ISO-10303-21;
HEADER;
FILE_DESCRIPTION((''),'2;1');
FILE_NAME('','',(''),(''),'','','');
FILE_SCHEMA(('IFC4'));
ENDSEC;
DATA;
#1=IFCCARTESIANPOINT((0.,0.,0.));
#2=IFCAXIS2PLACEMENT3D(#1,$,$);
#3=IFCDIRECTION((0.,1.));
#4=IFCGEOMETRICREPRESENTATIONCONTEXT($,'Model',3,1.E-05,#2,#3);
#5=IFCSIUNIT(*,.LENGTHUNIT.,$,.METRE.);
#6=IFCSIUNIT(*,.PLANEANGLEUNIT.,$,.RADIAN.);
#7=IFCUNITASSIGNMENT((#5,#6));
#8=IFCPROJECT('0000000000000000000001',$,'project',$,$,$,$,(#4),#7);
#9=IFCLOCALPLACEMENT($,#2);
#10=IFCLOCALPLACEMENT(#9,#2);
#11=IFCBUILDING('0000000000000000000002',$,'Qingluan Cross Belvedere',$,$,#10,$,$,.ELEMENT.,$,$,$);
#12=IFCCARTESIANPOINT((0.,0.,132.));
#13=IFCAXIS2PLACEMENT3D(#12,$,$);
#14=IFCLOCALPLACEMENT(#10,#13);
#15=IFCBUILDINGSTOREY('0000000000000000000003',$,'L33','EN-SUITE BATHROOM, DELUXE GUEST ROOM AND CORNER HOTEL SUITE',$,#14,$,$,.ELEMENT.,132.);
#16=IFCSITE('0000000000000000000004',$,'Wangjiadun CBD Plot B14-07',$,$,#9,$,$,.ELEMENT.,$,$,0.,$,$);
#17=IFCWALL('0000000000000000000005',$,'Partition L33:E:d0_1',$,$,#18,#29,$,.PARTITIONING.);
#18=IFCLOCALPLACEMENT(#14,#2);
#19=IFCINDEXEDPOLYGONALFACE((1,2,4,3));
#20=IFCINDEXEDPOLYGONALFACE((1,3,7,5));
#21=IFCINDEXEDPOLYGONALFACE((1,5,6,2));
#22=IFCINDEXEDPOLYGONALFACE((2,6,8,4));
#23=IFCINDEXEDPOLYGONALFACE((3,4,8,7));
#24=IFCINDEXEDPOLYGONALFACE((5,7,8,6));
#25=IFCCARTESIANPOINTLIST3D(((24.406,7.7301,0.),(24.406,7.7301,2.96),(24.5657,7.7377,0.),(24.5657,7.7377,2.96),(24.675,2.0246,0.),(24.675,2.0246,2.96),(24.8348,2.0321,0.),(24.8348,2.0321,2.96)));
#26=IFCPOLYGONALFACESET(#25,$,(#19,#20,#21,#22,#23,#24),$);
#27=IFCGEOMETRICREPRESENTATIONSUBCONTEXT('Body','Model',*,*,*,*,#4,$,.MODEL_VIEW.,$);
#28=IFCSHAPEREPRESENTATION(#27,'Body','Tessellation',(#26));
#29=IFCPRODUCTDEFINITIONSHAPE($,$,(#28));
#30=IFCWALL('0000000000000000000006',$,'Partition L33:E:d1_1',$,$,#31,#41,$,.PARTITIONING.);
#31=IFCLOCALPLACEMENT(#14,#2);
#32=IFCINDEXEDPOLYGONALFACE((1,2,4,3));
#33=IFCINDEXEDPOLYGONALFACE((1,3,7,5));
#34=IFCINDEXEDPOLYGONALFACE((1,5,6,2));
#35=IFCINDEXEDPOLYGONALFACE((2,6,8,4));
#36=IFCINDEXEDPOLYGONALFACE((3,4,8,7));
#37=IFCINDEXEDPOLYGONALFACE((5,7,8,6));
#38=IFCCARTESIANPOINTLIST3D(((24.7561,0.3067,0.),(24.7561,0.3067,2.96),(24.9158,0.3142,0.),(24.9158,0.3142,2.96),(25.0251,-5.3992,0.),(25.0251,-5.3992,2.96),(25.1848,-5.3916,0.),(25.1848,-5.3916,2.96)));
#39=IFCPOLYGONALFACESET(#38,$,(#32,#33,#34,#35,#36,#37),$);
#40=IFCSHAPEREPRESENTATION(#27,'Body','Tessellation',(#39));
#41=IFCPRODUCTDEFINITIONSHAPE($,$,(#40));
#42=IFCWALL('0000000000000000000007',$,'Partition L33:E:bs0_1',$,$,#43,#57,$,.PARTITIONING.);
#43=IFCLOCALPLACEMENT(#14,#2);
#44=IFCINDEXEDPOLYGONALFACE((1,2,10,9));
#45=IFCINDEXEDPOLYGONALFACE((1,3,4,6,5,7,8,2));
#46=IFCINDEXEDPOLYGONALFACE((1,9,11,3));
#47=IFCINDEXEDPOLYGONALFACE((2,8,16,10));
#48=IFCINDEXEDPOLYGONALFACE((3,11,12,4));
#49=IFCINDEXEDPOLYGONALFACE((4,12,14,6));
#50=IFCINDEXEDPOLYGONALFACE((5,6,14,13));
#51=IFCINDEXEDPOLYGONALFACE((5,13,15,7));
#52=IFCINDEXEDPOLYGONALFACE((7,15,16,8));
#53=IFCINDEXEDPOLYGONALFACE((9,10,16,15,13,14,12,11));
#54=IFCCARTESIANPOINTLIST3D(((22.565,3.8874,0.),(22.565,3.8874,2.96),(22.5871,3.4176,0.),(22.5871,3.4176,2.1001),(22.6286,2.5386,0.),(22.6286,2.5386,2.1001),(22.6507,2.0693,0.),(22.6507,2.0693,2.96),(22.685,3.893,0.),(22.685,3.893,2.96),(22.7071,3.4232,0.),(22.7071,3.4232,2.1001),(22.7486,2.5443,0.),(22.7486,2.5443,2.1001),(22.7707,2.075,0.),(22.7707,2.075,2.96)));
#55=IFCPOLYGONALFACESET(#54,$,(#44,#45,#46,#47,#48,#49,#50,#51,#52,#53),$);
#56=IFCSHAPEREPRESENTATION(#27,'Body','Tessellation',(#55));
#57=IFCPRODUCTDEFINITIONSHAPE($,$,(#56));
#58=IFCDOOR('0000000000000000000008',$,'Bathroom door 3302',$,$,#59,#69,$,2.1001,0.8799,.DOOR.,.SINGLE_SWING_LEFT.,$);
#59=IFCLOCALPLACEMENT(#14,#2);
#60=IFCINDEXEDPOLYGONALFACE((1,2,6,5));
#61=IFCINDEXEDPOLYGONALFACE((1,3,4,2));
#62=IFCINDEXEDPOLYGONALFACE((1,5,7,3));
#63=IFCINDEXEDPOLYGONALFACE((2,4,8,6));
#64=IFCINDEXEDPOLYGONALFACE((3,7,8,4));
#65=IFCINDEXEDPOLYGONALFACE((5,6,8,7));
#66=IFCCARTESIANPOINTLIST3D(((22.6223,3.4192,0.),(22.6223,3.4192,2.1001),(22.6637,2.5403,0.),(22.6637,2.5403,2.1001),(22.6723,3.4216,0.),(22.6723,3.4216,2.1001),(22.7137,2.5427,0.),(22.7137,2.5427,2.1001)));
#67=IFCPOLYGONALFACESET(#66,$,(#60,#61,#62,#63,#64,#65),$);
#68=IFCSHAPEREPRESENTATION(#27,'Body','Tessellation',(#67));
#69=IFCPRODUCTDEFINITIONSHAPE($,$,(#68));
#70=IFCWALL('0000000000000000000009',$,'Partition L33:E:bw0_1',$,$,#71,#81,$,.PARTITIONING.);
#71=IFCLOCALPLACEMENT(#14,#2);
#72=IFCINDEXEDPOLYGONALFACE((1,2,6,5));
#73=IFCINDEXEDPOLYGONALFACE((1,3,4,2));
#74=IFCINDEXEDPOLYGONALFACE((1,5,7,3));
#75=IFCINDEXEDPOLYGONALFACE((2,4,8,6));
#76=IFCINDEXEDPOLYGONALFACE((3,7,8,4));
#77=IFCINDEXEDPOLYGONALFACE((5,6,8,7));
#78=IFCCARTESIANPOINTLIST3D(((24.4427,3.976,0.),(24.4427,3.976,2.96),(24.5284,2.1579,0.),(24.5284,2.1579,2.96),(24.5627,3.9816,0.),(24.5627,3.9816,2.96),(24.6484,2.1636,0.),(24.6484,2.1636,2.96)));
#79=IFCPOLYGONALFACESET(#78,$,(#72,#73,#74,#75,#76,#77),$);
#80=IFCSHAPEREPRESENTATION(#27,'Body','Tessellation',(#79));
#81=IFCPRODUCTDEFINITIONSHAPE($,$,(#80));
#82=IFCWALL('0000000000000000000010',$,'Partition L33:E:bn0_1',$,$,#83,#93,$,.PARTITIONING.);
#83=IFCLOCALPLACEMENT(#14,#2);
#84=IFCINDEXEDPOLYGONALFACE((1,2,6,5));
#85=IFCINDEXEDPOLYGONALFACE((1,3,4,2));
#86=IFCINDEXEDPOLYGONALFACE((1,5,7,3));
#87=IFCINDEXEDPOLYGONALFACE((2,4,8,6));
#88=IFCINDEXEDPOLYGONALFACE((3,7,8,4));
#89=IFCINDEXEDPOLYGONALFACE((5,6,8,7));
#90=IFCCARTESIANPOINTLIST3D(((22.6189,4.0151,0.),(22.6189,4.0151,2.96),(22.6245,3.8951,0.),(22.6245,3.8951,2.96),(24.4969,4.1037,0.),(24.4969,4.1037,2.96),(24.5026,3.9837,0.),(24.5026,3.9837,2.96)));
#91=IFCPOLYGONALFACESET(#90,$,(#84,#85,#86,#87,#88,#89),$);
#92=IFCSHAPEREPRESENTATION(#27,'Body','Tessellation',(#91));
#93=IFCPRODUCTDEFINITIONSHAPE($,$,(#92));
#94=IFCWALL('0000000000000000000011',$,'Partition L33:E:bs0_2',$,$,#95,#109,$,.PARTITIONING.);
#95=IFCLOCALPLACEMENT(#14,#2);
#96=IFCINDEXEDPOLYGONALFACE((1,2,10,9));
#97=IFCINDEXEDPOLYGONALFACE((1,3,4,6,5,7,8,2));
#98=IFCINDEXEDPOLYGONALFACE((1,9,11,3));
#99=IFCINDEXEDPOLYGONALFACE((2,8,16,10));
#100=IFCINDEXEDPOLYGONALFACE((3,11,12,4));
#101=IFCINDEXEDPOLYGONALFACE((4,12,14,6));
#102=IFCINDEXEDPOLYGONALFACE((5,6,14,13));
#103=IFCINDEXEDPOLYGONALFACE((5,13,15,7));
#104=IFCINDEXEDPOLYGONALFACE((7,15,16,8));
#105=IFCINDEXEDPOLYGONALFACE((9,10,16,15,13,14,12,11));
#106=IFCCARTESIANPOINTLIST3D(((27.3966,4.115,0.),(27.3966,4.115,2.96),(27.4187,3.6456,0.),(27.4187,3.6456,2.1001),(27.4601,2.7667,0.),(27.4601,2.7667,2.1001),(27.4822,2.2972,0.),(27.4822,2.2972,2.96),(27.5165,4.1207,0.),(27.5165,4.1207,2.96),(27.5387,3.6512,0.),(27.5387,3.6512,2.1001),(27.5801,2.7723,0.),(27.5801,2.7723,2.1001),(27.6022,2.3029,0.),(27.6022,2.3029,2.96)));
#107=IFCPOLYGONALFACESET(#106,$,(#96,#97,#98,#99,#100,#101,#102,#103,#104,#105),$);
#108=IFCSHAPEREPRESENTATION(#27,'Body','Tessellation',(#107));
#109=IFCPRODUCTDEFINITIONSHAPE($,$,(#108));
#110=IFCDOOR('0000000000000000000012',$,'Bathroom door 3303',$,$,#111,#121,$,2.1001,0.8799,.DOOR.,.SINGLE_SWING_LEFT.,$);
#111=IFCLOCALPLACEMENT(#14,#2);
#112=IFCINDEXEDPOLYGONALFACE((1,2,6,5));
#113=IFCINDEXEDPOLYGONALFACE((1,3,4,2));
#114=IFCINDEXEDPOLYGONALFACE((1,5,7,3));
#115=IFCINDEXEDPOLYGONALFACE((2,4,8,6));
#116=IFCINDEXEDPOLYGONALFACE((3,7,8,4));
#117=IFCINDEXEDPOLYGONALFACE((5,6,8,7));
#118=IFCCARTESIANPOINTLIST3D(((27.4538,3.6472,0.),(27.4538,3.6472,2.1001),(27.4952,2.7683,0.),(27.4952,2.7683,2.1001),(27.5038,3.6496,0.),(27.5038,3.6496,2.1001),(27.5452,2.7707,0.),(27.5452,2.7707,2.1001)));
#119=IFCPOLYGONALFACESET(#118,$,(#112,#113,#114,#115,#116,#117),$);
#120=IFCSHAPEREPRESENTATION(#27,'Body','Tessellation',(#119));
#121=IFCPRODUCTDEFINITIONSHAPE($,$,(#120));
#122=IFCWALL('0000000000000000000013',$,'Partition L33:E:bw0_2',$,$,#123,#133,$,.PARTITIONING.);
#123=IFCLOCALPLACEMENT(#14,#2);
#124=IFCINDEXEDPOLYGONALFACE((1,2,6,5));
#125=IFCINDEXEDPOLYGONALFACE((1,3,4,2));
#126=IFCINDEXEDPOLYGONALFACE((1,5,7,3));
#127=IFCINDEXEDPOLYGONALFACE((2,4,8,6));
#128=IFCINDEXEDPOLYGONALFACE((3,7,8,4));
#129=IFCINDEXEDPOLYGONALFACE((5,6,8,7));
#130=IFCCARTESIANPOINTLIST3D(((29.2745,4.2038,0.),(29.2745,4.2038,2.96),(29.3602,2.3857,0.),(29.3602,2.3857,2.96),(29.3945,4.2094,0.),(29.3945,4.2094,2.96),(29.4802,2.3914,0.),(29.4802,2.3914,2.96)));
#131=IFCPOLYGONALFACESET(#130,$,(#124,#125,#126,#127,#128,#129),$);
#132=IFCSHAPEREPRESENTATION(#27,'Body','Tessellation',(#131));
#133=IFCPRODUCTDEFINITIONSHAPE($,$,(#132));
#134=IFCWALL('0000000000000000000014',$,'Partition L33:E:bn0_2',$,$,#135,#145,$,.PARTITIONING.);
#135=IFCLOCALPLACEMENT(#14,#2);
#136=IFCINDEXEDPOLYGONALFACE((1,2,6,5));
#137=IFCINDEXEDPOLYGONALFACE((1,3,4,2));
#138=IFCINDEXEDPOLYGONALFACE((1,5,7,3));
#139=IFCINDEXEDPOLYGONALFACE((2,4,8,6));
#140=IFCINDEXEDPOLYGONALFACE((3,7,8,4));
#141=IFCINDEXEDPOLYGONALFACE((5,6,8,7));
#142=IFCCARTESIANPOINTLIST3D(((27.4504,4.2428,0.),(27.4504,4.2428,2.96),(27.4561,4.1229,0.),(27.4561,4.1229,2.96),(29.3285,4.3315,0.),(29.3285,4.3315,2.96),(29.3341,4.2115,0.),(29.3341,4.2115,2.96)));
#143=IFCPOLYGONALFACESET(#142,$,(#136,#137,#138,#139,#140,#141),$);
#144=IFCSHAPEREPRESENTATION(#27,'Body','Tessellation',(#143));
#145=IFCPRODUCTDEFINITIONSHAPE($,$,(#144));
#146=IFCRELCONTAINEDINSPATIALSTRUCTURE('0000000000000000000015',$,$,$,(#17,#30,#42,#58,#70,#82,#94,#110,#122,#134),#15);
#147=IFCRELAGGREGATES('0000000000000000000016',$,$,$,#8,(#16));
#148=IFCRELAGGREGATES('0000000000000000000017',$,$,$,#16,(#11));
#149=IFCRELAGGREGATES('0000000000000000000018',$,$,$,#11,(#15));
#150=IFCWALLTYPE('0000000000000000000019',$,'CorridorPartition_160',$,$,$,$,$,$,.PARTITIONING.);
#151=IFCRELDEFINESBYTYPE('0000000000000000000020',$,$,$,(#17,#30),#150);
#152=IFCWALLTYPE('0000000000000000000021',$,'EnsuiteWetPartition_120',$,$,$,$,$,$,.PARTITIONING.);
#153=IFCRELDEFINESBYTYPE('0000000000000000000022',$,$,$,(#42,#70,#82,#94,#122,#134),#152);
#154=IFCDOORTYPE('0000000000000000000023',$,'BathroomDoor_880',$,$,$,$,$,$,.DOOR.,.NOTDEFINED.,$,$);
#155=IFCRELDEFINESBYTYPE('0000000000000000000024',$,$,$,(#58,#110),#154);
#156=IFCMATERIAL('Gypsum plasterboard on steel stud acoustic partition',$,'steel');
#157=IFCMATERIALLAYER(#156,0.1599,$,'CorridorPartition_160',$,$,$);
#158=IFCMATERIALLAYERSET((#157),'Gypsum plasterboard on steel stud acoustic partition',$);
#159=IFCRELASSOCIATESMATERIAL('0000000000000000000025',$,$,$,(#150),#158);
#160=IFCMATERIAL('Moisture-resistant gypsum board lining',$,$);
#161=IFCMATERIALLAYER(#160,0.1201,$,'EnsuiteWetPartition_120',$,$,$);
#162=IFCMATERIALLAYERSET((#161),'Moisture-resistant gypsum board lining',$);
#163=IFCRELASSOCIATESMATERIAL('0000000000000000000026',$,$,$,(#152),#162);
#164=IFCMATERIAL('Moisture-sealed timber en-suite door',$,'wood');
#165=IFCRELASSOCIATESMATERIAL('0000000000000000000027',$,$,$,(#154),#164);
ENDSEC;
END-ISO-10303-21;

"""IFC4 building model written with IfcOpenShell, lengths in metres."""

from ifc_helpers import new_model, si_unit, direction, frame, frame_2d, origin, place, context, subcontext, project, spatial, rectangle, extrude, material, layer, layer_set, type_object, element, fill, save


model = new_model("IFC4")

# Units and contexts
model_context = context("Model", 3, precision=1e-05, world=origin(), true_north=direction((0.0, 1.0)))
body_context = subcontext(model_context, "Body", "Model", "MODEL_VIEW")
ifc_project = project(units=[si_unit("LENGTHUNIT", "METRE"), si_unit("PLANEANGLEUNIT", "RADIAN")], contexts=[model_context])

# Site, building, storey
site_placement = place(None, origin())
site = spatial("IfcSite", under=ifc_project, at=site_placement, Name="Wangjiadun CBD Plot B14-07", CompositionType="ELEMENT", RefElevation=0.0)
building_placement = place(site_placement, origin())
building = spatial("IfcBuilding", under=site, at=building_placement, Name="Qingluan Cross Belvedere", CompositionType="ELEMENT")
storey_placement = place(building_placement, frame((0.0, 0.0, 132.0)))
storey = spatial("IfcBuildingStorey", under=building, at=storey_placement, Name="L33", Description="EN-SUITE BATHROOM, DELUXE GUEST ROOM AND CORNER HOTEL SUITE", CompositionType="ELEMENT", Elevation=132.0)

# Walls
ifc_material_1 = material(Name="Gypsum plasterboard on steel stud acoustic partition", Category="steel")
ifc_layer_1 = layer(ifc_material_1, 0.1599, Name="CorridorPartition_160")
ifc_layer_set_1 = layer_set([ifc_layer_1], Name="Gypsum plasterboard on steel stud acoustic partition")
wall_type_1 = type_object("IfcWallType", Name="CorridorPartition_160", PredefinedType="PARTITIONING", material=ifc_layer_set_1)
wall_1_placement = place(storey_placement, frame((24.7549, 2.0283, 0.0), z_axis=(0.0, 0.0, 1.0), x_axis=(-0.047102, 0.99889, 0.0)))
element("IfcWall", 1, at=wall_1_placement, inside=storey, type_object=wall_type_1, Name="Partition L33:E:d0_1", PredefinedType="PARTITIONING", context=body_context, shape_type="SweptSolid", body=[
    extrude(rectangle(XDim=5.7119, YDim=0.1599, at=frame_2d((2.856, 0.0))), origin(), (0.0, 0.0, 1.0), 2.96),
])
wall_2_placement = place(storey_placement, frame((24.8359, 0.3103, 0.0), z_axis=(0.0, 0.0, 1.0), x_axis=(0.0471, -0.99889, 0.0)))
element("IfcWall", 2, at=wall_2_placement, inside=storey, type_object=wall_type_1, Name="Partition L33:E:d1_1", PredefinedType="PARTITIONING", context=body_context, shape_type="SweptSolid", body=[
    extrude(rectangle(XDim=5.7122, YDim=0.1599, at=frame_2d((2.856, 0.0))), origin(), (0.0, 0.0, 1.0), 2.96),
])

# Wall, opening, door
ifc_material_2 = material(Name="Moisture-resistant gypsum board lining")
ifc_layer_2 = layer(ifc_material_2, 0.1201, Name="EnsuiteWetPartition_120")
ifc_layer_set_2 = layer_set([ifc_layer_2], Name="Moisture-resistant gypsum board lining")
wall_type_2 = type_object("IfcWallType", Name="EnsuiteWetPartition_120", PredefinedType="PARTITIONING", material=ifc_layer_set_2)
wall_3_placement = place(storey_placement, frame((22.7107, 2.072, 0.0), z_axis=(0.0, 0.0, 1.0), x_axis=(-0.047081, 0.998891, 0.0)))
wall_3 = element("IfcWall", 3, at=wall_3_placement, inside=storey, type_object=wall_type_2, Name="Partition L33:E:bs0_1", PredefinedType="PARTITIONING", context=body_context, shape_type="SweptSolid", body=[
    extrude(rectangle(XDim=1.8201, YDim=0.1201, at=frame_2d((0.9102, 0.0))), origin(), (0.0, 0.0, 1.0), 2.96),
])
opening_1_placement = place(wall_3_placement, frame((0.47, 0.0, 0.0)))
opening_1 = element("IfcOpeningElement", 4, at=opening_1_placement, cuts=wall_3, PredefinedType="OPENING", context=body_context, shape_type="SweptSolid", body=[
    extrude(rectangle(XDim=0.8799, YDim=2.1001, at=frame_2d((0.4399, 1.05))), frame((0.0, 0.0701, 0.0), z_axis=(0.0, -1.0, 0.0), x_axis=(1.0, 0.0, 0.0)), (0.0, 0.0, 1.0), 0.1401),
])
ifc_material_3 = material(Name="Moisture-sealed timber en-suite door", Category="wood")
door_type_1 = type_object("IfcDoorType", Name="BathroomDoor_880", OperationType="NOTDEFINED", PredefinedType="DOOR", material=ifc_material_3)
door_1_placement = place(opening_1_placement, origin())
door_1 = element("IfcDoor", 5, at=door_1_placement, inside=storey, type_object=door_type_1, Name="Bathroom door 3302", OperationType="SINGLE_SWING_LEFT", OverallHeight=2.1001, OverallWidth=0.8799, PredefinedType="DOOR", context=body_context, shape_type="SweptSolid", body=[
    extrude(rectangle(XDim=0.8799, YDim=2.1001, at=frame_2d((0.4399, 1.05))), frame((0.0, 0.0249, 0.0), z_axis=(0.0, -1.0, 0.0), x_axis=(1.0, 0.0, 0.0)), (0.0, 0.0, 1.0), 0.05),
])
fill(opening_1, door_1)

# Walls
wall_4_placement = place(storey_placement, frame((24.5884, 2.1606, 0.0), z_axis=(0.0, 0.0, 1.0), x_axis=(-0.047081, 0.998891, 0.0)))
element("IfcWall", 6, at=wall_4_placement, inside=storey, type_object=wall_type_2, Name="Partition L33:E:bw0_1", PredefinedType="PARTITIONING", context=body_context, shape_type="SweptSolid", body=[
    extrude(rectangle(XDim=1.8201, YDim=0.1201, at=frame_2d((0.9102, 0.0))), origin(), (0.0, 0.0, 1.0), 2.96),
])
wall_5_placement = place(storey_placement, frame((22.6218, 3.9551, 0.0), z_axis=(0.0, 0.0, 1.0), x_axis=(0.998888, 0.047139, 0.0)))
element("IfcWall", 7, at=wall_5_placement, inside=storey, type_object=wall_type_2, Name="Partition L33:E:bn0_1", PredefinedType="PARTITIONING", context=body_context, shape_type="SweptSolid", body=[
    extrude(rectangle(XDim=1.8801, YDim=0.1201, at=frame_2d((0.9399, 0.0))), origin(), (0.0, 0.0, 1.0), 2.96),
])

# Wall, opening, door
wall_6_placement = place(storey_placement, frame((27.5422, 2.3, 0.0), z_axis=(0.0, 0.0, 1.0), x_axis=(-0.047087, 0.998891, 0.0)))
wall_6 = element("IfcWall", 8, at=wall_6_placement, inside=storey, type_object=wall_type_2, Name="Partition L33:E:bs0_2", PredefinedType="PARTITIONING", context=body_context, shape_type="SweptSolid", body=[
    extrude(rectangle(XDim=1.8198, YDim=0.1201, at=frame_2d((0.9099, 0.0))), origin(), (0.0, 0.0, 1.0), 2.96),
])
opening_2_placement = place(wall_6_placement, frame((0.47, 0.0, 0.0)))
opening_2 = element("IfcOpeningElement", 9, at=opening_2_placement, cuts=wall_6, PredefinedType="OPENING", context=body_context, shape_type="SweptSolid", body=[
    extrude(rectangle(XDim=0.8799, YDim=2.1001, at=frame_2d((0.4399, 1.05))), frame((0.0, 0.0701, 0.0), z_axis=(0.0, -1.0, 0.0), x_axis=(1.0, 0.0, 0.0)), (0.0, 0.0, 1.0), 0.1401),
])
door_2_placement = place(opening_2_placement, origin())
door_2 = element("IfcDoor", 10, at=door_2_placement, inside=storey, type_object=door_type_1, Name="Bathroom door 3303", OperationType="SINGLE_SWING_LEFT", OverallHeight=2.1001, OverallWidth=0.8799, PredefinedType="DOOR", context=body_context, shape_type="SweptSolid", body=[
    extrude(rectangle(XDim=0.8799, YDim=2.1001, at=frame_2d((0.4399, 1.05))), frame((0.0, 0.0249, 0.0), z_axis=(0.0, -1.0, 0.0), x_axis=(1.0, 0.0, 0.0)), (0.0, 0.0, 1.0), 0.05),
])
fill(opening_2, door_2)

# Walls
wall_7_placement = place(storey_placement, frame((29.4202, 2.3884, 0.0), z_axis=(0.0, 0.0, 1.0), x_axis=(-0.047081, 0.998891, 0.0)))
element("IfcWall", 11, at=wall_7_placement, inside=storey, type_object=wall_type_2, Name="Partition L33:E:bw0_2", PredefinedType="PARTITIONING", context=body_context, shape_type="SweptSolid", body=[
    extrude(rectangle(XDim=1.8201, YDim=0.1201, at=frame_2d((0.9102, 0.0))), origin(), (0.0, 0.0, 1.0), 2.96),
])
wall_8_placement = place(storey_placement, frame((27.4534, 4.1829, 0.0), z_axis=(0.0, 0.0, 1.0), x_axis=(0.998888, 0.047139, 0.0)))
element("IfcWall", 12, at=wall_8_placement, inside=storey, type_object=wall_type_2, Name="Partition L33:E:bn0_2", PredefinedType="PARTITIONING", context=body_context, shape_type="SweptSolid", body=[
    extrude(rectangle(XDim=1.8801, YDim=0.1201, at=frame_2d((0.9399, 0.0))), origin(), (0.0, 0.0, 1.0), 2.96),
])

save(model, "model.ifc")
